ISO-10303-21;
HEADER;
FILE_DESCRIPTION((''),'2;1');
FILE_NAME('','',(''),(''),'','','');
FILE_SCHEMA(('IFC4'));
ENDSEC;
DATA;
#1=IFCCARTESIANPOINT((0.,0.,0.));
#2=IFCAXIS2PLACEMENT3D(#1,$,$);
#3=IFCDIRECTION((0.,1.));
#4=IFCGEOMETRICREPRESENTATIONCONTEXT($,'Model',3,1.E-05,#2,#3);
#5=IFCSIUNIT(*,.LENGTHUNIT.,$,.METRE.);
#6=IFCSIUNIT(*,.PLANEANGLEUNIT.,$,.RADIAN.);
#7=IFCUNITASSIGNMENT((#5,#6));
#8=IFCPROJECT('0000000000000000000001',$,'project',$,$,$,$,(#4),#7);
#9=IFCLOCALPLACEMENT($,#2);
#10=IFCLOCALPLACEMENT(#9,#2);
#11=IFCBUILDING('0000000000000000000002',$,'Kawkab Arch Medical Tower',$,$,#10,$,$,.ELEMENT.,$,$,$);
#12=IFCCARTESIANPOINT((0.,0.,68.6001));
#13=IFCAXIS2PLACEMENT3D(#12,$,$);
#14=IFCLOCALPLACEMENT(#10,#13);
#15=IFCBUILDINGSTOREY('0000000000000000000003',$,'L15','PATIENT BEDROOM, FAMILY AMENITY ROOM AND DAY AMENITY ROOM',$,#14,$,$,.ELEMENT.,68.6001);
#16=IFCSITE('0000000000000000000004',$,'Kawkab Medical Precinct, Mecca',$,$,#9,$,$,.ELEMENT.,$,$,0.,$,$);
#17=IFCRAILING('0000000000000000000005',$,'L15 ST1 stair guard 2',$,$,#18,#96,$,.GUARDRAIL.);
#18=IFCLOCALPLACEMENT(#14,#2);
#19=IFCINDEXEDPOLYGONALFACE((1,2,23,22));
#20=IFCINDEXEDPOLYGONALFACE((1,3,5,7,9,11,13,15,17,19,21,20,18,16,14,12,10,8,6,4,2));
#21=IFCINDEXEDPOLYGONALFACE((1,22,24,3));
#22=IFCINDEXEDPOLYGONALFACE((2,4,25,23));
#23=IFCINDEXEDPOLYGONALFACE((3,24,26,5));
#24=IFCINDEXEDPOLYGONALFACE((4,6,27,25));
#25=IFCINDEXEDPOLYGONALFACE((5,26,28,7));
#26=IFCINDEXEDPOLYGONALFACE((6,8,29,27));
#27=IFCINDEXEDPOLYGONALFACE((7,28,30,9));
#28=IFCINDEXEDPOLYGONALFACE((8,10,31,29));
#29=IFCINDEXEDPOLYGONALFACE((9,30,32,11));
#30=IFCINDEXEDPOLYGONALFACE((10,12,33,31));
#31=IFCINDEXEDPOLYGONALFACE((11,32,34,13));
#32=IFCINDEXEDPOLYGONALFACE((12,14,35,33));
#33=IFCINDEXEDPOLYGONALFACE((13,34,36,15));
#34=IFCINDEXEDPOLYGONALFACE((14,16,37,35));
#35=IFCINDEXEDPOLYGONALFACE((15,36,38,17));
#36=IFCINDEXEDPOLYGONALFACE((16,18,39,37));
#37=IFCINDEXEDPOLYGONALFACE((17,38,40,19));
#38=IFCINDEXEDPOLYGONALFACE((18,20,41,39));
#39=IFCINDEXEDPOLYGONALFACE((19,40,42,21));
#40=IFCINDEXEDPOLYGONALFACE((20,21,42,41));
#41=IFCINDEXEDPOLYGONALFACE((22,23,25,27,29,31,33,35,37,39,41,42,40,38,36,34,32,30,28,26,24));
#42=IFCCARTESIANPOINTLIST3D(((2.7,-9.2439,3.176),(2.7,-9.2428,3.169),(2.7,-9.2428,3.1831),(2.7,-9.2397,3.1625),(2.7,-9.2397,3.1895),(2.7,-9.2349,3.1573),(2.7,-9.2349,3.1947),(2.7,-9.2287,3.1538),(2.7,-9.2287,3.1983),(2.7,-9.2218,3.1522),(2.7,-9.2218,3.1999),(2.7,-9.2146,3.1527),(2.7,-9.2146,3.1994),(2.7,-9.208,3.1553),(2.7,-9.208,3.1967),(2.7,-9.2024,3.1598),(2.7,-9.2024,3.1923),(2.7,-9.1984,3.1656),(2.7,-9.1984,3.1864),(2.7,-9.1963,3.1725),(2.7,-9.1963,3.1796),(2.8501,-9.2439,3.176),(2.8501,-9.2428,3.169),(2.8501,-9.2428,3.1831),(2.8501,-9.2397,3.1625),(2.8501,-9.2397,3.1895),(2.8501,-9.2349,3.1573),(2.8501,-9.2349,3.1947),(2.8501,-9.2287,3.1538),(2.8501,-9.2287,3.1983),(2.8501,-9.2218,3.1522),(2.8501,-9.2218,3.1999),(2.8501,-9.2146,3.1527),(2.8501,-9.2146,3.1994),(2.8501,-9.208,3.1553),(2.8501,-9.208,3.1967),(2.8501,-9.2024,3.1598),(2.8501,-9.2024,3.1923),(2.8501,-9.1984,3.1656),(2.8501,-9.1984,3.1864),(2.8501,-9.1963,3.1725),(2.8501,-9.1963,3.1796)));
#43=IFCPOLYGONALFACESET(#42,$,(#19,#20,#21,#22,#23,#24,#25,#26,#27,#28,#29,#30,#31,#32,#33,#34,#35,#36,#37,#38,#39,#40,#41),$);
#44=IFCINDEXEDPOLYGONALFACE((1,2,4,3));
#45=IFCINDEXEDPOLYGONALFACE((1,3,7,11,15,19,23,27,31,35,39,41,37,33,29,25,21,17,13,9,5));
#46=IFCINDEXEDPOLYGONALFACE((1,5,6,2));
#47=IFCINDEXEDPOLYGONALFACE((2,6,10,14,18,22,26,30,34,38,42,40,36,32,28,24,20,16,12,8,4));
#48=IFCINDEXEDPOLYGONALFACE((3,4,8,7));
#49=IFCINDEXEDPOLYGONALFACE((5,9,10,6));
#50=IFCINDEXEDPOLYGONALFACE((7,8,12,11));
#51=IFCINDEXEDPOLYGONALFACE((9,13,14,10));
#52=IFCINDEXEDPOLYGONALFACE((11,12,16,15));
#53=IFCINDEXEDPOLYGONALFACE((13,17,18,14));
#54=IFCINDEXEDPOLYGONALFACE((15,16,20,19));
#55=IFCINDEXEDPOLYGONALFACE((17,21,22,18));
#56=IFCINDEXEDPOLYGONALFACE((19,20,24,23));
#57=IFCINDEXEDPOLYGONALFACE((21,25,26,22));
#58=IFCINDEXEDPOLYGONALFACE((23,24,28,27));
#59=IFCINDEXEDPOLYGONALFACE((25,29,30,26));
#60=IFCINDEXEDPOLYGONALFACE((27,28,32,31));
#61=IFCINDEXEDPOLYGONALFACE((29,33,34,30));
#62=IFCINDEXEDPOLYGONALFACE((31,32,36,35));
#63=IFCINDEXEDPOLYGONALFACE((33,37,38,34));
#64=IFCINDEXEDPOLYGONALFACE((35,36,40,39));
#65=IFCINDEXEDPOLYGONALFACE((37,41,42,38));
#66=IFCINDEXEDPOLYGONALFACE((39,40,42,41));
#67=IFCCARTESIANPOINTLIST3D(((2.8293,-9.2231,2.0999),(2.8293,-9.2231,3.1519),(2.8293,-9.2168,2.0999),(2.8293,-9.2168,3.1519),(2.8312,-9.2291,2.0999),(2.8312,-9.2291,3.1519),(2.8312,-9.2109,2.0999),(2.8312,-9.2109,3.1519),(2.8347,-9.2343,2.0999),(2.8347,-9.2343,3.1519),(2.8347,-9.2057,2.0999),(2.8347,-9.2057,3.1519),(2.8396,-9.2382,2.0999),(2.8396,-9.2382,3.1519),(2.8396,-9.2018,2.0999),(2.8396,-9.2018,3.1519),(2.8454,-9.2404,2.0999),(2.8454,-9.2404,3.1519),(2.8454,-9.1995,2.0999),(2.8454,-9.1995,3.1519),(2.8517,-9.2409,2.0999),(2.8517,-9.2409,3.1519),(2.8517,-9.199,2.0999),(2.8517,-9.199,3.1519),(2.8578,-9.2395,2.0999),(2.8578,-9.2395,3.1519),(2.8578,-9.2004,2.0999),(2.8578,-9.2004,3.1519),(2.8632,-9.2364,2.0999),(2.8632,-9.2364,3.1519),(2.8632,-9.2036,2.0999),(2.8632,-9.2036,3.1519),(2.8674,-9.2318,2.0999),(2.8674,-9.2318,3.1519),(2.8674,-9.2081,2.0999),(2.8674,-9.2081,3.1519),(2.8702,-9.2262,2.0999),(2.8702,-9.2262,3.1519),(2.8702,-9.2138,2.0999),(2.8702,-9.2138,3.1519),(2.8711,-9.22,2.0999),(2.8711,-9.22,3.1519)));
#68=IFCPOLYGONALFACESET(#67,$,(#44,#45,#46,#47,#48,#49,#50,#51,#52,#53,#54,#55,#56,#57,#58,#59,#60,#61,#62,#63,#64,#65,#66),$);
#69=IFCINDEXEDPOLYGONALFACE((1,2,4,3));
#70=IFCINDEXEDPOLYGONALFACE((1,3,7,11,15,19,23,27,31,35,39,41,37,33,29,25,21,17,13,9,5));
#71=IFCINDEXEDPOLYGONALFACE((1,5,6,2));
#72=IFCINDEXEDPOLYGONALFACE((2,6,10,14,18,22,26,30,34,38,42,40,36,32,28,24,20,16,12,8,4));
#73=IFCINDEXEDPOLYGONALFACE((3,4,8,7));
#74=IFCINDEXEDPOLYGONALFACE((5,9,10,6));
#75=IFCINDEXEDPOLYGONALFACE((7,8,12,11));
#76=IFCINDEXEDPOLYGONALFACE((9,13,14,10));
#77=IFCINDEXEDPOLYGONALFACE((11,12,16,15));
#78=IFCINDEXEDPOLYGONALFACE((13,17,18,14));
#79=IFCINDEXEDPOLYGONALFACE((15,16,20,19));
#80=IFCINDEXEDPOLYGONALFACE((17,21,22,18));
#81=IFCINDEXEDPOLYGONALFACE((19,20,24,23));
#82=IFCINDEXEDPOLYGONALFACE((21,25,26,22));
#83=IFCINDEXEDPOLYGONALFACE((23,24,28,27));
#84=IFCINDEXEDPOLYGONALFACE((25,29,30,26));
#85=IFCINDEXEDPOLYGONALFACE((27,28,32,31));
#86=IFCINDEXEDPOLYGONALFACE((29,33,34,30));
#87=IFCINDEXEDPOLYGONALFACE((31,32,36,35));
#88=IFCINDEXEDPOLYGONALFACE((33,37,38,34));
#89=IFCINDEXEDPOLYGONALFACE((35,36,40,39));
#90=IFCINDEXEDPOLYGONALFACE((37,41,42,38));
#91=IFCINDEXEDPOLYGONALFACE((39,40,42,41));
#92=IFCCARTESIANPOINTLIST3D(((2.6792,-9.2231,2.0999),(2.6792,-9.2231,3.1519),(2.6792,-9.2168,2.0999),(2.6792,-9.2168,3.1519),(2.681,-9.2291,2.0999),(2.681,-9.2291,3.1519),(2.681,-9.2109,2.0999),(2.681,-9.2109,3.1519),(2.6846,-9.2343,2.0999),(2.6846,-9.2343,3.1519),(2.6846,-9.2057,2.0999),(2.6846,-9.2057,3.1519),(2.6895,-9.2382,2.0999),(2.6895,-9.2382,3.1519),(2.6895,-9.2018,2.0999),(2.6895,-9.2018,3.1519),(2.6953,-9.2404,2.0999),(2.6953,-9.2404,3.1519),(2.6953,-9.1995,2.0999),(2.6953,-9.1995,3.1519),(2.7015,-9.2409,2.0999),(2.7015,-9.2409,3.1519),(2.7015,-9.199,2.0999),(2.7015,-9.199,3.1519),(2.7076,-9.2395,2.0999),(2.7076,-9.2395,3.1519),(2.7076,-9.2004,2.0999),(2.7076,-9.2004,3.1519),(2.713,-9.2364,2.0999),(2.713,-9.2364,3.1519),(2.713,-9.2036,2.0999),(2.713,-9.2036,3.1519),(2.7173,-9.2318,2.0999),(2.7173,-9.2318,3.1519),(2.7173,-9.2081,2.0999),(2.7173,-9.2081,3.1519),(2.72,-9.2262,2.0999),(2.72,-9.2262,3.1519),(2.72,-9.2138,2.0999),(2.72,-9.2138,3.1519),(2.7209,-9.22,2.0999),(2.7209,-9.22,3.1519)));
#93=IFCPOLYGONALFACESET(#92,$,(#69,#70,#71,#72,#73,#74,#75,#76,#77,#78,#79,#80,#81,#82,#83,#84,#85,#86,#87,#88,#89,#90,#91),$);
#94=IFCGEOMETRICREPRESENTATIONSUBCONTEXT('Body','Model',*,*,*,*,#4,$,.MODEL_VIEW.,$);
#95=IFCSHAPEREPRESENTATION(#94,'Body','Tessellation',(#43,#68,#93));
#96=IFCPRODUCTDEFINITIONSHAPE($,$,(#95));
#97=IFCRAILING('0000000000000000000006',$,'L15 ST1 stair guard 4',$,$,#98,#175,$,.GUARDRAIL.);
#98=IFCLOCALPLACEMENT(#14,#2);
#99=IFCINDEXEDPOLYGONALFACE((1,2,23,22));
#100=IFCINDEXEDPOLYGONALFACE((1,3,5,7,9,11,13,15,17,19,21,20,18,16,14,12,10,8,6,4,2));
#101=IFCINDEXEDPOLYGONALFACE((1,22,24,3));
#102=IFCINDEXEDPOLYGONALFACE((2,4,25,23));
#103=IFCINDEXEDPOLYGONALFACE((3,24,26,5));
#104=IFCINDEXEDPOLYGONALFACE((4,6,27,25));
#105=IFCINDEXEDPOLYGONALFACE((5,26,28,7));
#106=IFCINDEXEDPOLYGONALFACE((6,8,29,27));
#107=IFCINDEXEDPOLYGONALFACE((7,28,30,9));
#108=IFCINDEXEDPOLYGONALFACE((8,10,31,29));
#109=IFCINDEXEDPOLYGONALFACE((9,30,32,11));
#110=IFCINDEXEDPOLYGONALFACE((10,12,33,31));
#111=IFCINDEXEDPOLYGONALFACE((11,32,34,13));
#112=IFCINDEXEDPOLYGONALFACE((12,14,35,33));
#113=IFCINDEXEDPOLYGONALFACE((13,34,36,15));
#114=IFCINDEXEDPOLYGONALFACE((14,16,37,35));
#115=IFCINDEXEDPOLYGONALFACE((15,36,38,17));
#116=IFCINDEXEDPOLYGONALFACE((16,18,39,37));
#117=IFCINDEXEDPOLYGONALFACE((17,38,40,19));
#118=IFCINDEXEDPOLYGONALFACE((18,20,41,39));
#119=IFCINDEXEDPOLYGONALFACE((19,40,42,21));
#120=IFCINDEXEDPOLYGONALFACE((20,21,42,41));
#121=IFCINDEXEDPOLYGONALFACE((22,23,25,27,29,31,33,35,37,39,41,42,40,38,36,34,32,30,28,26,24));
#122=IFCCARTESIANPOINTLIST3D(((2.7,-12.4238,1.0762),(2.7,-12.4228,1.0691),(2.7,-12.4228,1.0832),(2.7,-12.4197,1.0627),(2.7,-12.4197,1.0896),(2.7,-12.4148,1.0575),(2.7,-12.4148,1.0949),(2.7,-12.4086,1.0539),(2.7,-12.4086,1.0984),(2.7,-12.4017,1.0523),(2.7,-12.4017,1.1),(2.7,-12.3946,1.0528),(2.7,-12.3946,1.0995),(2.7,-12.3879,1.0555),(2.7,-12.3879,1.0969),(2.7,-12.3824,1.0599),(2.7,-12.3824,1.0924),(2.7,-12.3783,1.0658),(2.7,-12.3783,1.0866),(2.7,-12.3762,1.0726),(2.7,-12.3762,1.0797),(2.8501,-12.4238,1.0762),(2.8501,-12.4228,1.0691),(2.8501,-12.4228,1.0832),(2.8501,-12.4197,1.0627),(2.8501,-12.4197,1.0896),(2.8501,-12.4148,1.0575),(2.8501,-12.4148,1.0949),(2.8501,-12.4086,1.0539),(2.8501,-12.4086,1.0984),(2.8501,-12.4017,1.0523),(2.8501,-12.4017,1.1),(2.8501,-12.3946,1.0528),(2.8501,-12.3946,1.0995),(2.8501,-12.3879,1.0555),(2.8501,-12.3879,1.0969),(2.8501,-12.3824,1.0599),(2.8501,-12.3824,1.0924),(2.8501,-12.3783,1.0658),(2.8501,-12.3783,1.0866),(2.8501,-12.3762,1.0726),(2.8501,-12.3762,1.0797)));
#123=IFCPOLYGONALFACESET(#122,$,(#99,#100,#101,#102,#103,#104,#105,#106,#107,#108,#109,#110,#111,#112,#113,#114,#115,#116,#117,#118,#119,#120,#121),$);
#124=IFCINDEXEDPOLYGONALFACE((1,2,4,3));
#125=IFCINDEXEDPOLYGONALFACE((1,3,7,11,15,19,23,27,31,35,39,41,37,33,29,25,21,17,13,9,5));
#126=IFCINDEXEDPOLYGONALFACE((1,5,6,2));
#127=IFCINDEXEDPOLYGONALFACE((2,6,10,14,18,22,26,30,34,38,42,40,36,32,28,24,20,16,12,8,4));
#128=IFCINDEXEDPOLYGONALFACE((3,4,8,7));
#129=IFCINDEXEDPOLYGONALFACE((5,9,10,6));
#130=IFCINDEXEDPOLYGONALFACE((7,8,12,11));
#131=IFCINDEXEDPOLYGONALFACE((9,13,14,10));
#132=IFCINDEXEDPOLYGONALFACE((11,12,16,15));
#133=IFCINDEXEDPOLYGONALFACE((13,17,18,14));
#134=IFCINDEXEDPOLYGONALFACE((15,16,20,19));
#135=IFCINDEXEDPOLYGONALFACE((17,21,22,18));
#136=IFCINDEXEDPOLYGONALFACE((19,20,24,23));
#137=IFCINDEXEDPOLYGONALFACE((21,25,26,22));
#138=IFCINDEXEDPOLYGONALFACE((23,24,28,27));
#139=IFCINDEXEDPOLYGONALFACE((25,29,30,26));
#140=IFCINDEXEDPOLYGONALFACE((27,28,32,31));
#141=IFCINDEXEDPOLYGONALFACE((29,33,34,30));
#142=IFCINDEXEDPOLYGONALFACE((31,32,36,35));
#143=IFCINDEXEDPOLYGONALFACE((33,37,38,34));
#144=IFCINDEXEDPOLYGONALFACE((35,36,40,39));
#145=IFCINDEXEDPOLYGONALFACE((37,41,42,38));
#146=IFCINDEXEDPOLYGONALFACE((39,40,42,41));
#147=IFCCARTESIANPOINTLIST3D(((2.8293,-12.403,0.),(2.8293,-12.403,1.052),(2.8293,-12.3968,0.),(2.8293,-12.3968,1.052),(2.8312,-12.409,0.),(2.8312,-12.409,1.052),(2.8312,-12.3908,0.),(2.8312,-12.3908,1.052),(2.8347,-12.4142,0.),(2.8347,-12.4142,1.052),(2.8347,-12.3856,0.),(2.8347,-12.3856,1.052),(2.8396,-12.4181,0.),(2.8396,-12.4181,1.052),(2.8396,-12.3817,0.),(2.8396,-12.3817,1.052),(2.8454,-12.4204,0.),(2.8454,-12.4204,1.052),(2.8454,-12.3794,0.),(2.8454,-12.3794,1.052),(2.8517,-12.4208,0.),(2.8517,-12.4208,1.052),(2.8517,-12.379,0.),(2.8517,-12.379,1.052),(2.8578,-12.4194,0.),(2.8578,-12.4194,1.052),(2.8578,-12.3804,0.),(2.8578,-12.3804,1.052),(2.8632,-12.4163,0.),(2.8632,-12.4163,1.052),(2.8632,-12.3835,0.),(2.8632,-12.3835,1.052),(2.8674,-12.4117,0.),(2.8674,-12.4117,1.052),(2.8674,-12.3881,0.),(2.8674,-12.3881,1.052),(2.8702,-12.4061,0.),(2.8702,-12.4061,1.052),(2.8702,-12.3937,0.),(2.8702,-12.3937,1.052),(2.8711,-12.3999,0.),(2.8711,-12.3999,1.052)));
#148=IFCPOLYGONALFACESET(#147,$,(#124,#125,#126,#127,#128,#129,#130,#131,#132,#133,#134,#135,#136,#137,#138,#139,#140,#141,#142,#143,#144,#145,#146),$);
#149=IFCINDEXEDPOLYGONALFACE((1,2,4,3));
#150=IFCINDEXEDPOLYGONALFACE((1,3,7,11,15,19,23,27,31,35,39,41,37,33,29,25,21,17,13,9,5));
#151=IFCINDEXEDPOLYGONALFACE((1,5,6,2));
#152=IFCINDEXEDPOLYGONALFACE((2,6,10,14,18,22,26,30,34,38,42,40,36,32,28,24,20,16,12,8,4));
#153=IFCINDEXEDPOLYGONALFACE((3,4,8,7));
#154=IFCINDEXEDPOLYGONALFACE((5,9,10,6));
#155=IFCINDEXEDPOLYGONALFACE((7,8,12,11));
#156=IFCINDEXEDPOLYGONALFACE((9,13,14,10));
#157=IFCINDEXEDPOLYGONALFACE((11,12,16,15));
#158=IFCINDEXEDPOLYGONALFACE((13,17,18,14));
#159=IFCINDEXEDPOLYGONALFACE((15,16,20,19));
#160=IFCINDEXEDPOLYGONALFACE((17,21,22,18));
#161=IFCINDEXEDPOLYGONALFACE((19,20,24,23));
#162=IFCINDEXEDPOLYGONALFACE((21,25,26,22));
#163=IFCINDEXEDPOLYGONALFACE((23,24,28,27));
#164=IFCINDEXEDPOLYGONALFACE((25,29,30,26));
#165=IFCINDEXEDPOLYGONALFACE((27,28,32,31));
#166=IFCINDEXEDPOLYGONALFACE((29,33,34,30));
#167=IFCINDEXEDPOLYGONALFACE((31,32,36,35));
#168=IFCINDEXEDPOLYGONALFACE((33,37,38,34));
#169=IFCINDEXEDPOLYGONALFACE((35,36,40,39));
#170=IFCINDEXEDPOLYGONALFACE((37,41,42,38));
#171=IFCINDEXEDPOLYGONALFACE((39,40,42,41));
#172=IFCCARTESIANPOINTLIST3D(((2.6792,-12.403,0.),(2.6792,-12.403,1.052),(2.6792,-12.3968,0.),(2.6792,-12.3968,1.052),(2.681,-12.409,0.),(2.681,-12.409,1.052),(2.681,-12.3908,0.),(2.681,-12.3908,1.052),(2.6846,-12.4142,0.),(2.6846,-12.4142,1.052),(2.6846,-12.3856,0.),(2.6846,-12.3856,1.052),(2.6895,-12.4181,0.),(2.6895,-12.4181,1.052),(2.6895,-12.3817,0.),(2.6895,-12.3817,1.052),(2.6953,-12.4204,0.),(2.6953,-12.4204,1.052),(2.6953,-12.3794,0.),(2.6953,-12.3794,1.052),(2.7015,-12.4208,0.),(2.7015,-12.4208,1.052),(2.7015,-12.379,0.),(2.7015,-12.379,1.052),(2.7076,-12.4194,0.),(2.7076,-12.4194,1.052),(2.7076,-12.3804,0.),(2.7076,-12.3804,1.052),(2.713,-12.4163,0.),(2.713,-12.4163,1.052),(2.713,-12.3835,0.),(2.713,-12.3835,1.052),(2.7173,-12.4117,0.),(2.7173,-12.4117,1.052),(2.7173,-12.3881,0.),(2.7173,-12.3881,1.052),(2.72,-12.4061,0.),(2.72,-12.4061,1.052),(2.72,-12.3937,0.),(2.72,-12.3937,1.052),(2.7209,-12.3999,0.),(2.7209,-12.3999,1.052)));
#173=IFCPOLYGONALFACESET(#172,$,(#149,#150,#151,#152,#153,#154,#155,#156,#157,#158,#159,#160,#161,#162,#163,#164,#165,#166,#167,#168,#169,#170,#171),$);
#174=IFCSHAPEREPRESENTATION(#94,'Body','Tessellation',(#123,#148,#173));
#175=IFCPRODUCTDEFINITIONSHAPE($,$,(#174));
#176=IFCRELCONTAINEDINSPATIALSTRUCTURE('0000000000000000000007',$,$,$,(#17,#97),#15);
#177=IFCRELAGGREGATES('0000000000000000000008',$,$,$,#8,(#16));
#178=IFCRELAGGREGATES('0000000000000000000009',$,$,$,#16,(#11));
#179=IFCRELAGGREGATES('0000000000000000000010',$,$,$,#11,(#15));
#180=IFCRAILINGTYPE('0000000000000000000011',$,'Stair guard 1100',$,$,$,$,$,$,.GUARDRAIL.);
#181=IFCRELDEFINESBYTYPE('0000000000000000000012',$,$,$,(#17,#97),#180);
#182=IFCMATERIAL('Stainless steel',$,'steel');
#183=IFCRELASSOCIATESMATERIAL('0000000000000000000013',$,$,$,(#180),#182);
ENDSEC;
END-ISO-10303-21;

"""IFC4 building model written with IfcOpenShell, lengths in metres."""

from ifc_helpers import new_model, si_unit, direction, frame, origin, origin_2d, place, context, subcontext, project, spatial, circle, extrude, material, type_object, element, save


model = new_model("IFC4")

# Units and contexts
model_context = context("Model", 3, precision=1e-05, world=origin(), true_north=direction((0.0, 1.0)))
body_context = subcontext(model_context, "Body", "Model", "MODEL_VIEW")
ifc_project = project(units=[si_unit("LENGTHUNIT", "METRE"), si_unit("PLANEANGLEUNIT", "RADIAN")], contexts=[model_context])

# Site, building, storey
site_placement = place(None, origin())
site = spatial("IfcSite", under=ifc_project, at=site_placement, Name="Kawkab Medical Precinct, Mecca", CompositionType="ELEMENT", RefElevation=0.0)
building_placement = place(site_placement, origin())
building = spatial("IfcBuilding", under=site, at=building_placement, Name="Kawkab Arch Medical Tower", CompositionType="ELEMENT")
storey_placement = place(building_placement, frame((0.0, 0.0, 68.6001)))
storey = spatial("IfcBuildingStorey", under=building, at=storey_placement, Name="L15", Description="PATIENT BEDROOM, FAMILY AMENITY ROOM AND DAY AMENITY ROOM", CompositionType="ELEMENT", Elevation=68.6001)

# Railings
ifc_material_1 = material(Name="Stainless steel", Category="steel")
railing_type = type_object("IfcRailingType", Name="Stair guard 1100", PredefinedType="GUARDRAIL", material=ifc_material_1)
for number, where, name in (
    (1, (2.8501, -9.22, 2.0999), "L15 ST1 stair guard 2"),
    (2, (2.8501, -12.3999, 0.0), "L15 ST1 stair guard 4"),
):
    element("IfcRailing", number, at=place(storey_placement, frame(where)), inside=storey, type_object=railing_type, Name=name, PredefinedType="GUARDRAIL", context=body_context, shape_type="SweptSolid", body=[
        extrude(circle(Radius=0.0239, at=origin_2d()), frame((0.0, 0.0, 1.0762), z_axis=(-1.0, 0.0, 0.0), x_axis=(0.0, -1.0, 0.0)), (0.0, 0.0, 1.0), 0.1501),
        extrude(circle(Radius=0.021, at=origin_2d()), origin(), (0.0, 0.0, 1.0), 1.052),
        extrude(circle(Radius=0.021, at=origin_2d()), frame((-0.1501, 0.0, 0.0)), (0.0, 0.0, 1.0), 1.052),
    ])

save(model, "model.ifc")
